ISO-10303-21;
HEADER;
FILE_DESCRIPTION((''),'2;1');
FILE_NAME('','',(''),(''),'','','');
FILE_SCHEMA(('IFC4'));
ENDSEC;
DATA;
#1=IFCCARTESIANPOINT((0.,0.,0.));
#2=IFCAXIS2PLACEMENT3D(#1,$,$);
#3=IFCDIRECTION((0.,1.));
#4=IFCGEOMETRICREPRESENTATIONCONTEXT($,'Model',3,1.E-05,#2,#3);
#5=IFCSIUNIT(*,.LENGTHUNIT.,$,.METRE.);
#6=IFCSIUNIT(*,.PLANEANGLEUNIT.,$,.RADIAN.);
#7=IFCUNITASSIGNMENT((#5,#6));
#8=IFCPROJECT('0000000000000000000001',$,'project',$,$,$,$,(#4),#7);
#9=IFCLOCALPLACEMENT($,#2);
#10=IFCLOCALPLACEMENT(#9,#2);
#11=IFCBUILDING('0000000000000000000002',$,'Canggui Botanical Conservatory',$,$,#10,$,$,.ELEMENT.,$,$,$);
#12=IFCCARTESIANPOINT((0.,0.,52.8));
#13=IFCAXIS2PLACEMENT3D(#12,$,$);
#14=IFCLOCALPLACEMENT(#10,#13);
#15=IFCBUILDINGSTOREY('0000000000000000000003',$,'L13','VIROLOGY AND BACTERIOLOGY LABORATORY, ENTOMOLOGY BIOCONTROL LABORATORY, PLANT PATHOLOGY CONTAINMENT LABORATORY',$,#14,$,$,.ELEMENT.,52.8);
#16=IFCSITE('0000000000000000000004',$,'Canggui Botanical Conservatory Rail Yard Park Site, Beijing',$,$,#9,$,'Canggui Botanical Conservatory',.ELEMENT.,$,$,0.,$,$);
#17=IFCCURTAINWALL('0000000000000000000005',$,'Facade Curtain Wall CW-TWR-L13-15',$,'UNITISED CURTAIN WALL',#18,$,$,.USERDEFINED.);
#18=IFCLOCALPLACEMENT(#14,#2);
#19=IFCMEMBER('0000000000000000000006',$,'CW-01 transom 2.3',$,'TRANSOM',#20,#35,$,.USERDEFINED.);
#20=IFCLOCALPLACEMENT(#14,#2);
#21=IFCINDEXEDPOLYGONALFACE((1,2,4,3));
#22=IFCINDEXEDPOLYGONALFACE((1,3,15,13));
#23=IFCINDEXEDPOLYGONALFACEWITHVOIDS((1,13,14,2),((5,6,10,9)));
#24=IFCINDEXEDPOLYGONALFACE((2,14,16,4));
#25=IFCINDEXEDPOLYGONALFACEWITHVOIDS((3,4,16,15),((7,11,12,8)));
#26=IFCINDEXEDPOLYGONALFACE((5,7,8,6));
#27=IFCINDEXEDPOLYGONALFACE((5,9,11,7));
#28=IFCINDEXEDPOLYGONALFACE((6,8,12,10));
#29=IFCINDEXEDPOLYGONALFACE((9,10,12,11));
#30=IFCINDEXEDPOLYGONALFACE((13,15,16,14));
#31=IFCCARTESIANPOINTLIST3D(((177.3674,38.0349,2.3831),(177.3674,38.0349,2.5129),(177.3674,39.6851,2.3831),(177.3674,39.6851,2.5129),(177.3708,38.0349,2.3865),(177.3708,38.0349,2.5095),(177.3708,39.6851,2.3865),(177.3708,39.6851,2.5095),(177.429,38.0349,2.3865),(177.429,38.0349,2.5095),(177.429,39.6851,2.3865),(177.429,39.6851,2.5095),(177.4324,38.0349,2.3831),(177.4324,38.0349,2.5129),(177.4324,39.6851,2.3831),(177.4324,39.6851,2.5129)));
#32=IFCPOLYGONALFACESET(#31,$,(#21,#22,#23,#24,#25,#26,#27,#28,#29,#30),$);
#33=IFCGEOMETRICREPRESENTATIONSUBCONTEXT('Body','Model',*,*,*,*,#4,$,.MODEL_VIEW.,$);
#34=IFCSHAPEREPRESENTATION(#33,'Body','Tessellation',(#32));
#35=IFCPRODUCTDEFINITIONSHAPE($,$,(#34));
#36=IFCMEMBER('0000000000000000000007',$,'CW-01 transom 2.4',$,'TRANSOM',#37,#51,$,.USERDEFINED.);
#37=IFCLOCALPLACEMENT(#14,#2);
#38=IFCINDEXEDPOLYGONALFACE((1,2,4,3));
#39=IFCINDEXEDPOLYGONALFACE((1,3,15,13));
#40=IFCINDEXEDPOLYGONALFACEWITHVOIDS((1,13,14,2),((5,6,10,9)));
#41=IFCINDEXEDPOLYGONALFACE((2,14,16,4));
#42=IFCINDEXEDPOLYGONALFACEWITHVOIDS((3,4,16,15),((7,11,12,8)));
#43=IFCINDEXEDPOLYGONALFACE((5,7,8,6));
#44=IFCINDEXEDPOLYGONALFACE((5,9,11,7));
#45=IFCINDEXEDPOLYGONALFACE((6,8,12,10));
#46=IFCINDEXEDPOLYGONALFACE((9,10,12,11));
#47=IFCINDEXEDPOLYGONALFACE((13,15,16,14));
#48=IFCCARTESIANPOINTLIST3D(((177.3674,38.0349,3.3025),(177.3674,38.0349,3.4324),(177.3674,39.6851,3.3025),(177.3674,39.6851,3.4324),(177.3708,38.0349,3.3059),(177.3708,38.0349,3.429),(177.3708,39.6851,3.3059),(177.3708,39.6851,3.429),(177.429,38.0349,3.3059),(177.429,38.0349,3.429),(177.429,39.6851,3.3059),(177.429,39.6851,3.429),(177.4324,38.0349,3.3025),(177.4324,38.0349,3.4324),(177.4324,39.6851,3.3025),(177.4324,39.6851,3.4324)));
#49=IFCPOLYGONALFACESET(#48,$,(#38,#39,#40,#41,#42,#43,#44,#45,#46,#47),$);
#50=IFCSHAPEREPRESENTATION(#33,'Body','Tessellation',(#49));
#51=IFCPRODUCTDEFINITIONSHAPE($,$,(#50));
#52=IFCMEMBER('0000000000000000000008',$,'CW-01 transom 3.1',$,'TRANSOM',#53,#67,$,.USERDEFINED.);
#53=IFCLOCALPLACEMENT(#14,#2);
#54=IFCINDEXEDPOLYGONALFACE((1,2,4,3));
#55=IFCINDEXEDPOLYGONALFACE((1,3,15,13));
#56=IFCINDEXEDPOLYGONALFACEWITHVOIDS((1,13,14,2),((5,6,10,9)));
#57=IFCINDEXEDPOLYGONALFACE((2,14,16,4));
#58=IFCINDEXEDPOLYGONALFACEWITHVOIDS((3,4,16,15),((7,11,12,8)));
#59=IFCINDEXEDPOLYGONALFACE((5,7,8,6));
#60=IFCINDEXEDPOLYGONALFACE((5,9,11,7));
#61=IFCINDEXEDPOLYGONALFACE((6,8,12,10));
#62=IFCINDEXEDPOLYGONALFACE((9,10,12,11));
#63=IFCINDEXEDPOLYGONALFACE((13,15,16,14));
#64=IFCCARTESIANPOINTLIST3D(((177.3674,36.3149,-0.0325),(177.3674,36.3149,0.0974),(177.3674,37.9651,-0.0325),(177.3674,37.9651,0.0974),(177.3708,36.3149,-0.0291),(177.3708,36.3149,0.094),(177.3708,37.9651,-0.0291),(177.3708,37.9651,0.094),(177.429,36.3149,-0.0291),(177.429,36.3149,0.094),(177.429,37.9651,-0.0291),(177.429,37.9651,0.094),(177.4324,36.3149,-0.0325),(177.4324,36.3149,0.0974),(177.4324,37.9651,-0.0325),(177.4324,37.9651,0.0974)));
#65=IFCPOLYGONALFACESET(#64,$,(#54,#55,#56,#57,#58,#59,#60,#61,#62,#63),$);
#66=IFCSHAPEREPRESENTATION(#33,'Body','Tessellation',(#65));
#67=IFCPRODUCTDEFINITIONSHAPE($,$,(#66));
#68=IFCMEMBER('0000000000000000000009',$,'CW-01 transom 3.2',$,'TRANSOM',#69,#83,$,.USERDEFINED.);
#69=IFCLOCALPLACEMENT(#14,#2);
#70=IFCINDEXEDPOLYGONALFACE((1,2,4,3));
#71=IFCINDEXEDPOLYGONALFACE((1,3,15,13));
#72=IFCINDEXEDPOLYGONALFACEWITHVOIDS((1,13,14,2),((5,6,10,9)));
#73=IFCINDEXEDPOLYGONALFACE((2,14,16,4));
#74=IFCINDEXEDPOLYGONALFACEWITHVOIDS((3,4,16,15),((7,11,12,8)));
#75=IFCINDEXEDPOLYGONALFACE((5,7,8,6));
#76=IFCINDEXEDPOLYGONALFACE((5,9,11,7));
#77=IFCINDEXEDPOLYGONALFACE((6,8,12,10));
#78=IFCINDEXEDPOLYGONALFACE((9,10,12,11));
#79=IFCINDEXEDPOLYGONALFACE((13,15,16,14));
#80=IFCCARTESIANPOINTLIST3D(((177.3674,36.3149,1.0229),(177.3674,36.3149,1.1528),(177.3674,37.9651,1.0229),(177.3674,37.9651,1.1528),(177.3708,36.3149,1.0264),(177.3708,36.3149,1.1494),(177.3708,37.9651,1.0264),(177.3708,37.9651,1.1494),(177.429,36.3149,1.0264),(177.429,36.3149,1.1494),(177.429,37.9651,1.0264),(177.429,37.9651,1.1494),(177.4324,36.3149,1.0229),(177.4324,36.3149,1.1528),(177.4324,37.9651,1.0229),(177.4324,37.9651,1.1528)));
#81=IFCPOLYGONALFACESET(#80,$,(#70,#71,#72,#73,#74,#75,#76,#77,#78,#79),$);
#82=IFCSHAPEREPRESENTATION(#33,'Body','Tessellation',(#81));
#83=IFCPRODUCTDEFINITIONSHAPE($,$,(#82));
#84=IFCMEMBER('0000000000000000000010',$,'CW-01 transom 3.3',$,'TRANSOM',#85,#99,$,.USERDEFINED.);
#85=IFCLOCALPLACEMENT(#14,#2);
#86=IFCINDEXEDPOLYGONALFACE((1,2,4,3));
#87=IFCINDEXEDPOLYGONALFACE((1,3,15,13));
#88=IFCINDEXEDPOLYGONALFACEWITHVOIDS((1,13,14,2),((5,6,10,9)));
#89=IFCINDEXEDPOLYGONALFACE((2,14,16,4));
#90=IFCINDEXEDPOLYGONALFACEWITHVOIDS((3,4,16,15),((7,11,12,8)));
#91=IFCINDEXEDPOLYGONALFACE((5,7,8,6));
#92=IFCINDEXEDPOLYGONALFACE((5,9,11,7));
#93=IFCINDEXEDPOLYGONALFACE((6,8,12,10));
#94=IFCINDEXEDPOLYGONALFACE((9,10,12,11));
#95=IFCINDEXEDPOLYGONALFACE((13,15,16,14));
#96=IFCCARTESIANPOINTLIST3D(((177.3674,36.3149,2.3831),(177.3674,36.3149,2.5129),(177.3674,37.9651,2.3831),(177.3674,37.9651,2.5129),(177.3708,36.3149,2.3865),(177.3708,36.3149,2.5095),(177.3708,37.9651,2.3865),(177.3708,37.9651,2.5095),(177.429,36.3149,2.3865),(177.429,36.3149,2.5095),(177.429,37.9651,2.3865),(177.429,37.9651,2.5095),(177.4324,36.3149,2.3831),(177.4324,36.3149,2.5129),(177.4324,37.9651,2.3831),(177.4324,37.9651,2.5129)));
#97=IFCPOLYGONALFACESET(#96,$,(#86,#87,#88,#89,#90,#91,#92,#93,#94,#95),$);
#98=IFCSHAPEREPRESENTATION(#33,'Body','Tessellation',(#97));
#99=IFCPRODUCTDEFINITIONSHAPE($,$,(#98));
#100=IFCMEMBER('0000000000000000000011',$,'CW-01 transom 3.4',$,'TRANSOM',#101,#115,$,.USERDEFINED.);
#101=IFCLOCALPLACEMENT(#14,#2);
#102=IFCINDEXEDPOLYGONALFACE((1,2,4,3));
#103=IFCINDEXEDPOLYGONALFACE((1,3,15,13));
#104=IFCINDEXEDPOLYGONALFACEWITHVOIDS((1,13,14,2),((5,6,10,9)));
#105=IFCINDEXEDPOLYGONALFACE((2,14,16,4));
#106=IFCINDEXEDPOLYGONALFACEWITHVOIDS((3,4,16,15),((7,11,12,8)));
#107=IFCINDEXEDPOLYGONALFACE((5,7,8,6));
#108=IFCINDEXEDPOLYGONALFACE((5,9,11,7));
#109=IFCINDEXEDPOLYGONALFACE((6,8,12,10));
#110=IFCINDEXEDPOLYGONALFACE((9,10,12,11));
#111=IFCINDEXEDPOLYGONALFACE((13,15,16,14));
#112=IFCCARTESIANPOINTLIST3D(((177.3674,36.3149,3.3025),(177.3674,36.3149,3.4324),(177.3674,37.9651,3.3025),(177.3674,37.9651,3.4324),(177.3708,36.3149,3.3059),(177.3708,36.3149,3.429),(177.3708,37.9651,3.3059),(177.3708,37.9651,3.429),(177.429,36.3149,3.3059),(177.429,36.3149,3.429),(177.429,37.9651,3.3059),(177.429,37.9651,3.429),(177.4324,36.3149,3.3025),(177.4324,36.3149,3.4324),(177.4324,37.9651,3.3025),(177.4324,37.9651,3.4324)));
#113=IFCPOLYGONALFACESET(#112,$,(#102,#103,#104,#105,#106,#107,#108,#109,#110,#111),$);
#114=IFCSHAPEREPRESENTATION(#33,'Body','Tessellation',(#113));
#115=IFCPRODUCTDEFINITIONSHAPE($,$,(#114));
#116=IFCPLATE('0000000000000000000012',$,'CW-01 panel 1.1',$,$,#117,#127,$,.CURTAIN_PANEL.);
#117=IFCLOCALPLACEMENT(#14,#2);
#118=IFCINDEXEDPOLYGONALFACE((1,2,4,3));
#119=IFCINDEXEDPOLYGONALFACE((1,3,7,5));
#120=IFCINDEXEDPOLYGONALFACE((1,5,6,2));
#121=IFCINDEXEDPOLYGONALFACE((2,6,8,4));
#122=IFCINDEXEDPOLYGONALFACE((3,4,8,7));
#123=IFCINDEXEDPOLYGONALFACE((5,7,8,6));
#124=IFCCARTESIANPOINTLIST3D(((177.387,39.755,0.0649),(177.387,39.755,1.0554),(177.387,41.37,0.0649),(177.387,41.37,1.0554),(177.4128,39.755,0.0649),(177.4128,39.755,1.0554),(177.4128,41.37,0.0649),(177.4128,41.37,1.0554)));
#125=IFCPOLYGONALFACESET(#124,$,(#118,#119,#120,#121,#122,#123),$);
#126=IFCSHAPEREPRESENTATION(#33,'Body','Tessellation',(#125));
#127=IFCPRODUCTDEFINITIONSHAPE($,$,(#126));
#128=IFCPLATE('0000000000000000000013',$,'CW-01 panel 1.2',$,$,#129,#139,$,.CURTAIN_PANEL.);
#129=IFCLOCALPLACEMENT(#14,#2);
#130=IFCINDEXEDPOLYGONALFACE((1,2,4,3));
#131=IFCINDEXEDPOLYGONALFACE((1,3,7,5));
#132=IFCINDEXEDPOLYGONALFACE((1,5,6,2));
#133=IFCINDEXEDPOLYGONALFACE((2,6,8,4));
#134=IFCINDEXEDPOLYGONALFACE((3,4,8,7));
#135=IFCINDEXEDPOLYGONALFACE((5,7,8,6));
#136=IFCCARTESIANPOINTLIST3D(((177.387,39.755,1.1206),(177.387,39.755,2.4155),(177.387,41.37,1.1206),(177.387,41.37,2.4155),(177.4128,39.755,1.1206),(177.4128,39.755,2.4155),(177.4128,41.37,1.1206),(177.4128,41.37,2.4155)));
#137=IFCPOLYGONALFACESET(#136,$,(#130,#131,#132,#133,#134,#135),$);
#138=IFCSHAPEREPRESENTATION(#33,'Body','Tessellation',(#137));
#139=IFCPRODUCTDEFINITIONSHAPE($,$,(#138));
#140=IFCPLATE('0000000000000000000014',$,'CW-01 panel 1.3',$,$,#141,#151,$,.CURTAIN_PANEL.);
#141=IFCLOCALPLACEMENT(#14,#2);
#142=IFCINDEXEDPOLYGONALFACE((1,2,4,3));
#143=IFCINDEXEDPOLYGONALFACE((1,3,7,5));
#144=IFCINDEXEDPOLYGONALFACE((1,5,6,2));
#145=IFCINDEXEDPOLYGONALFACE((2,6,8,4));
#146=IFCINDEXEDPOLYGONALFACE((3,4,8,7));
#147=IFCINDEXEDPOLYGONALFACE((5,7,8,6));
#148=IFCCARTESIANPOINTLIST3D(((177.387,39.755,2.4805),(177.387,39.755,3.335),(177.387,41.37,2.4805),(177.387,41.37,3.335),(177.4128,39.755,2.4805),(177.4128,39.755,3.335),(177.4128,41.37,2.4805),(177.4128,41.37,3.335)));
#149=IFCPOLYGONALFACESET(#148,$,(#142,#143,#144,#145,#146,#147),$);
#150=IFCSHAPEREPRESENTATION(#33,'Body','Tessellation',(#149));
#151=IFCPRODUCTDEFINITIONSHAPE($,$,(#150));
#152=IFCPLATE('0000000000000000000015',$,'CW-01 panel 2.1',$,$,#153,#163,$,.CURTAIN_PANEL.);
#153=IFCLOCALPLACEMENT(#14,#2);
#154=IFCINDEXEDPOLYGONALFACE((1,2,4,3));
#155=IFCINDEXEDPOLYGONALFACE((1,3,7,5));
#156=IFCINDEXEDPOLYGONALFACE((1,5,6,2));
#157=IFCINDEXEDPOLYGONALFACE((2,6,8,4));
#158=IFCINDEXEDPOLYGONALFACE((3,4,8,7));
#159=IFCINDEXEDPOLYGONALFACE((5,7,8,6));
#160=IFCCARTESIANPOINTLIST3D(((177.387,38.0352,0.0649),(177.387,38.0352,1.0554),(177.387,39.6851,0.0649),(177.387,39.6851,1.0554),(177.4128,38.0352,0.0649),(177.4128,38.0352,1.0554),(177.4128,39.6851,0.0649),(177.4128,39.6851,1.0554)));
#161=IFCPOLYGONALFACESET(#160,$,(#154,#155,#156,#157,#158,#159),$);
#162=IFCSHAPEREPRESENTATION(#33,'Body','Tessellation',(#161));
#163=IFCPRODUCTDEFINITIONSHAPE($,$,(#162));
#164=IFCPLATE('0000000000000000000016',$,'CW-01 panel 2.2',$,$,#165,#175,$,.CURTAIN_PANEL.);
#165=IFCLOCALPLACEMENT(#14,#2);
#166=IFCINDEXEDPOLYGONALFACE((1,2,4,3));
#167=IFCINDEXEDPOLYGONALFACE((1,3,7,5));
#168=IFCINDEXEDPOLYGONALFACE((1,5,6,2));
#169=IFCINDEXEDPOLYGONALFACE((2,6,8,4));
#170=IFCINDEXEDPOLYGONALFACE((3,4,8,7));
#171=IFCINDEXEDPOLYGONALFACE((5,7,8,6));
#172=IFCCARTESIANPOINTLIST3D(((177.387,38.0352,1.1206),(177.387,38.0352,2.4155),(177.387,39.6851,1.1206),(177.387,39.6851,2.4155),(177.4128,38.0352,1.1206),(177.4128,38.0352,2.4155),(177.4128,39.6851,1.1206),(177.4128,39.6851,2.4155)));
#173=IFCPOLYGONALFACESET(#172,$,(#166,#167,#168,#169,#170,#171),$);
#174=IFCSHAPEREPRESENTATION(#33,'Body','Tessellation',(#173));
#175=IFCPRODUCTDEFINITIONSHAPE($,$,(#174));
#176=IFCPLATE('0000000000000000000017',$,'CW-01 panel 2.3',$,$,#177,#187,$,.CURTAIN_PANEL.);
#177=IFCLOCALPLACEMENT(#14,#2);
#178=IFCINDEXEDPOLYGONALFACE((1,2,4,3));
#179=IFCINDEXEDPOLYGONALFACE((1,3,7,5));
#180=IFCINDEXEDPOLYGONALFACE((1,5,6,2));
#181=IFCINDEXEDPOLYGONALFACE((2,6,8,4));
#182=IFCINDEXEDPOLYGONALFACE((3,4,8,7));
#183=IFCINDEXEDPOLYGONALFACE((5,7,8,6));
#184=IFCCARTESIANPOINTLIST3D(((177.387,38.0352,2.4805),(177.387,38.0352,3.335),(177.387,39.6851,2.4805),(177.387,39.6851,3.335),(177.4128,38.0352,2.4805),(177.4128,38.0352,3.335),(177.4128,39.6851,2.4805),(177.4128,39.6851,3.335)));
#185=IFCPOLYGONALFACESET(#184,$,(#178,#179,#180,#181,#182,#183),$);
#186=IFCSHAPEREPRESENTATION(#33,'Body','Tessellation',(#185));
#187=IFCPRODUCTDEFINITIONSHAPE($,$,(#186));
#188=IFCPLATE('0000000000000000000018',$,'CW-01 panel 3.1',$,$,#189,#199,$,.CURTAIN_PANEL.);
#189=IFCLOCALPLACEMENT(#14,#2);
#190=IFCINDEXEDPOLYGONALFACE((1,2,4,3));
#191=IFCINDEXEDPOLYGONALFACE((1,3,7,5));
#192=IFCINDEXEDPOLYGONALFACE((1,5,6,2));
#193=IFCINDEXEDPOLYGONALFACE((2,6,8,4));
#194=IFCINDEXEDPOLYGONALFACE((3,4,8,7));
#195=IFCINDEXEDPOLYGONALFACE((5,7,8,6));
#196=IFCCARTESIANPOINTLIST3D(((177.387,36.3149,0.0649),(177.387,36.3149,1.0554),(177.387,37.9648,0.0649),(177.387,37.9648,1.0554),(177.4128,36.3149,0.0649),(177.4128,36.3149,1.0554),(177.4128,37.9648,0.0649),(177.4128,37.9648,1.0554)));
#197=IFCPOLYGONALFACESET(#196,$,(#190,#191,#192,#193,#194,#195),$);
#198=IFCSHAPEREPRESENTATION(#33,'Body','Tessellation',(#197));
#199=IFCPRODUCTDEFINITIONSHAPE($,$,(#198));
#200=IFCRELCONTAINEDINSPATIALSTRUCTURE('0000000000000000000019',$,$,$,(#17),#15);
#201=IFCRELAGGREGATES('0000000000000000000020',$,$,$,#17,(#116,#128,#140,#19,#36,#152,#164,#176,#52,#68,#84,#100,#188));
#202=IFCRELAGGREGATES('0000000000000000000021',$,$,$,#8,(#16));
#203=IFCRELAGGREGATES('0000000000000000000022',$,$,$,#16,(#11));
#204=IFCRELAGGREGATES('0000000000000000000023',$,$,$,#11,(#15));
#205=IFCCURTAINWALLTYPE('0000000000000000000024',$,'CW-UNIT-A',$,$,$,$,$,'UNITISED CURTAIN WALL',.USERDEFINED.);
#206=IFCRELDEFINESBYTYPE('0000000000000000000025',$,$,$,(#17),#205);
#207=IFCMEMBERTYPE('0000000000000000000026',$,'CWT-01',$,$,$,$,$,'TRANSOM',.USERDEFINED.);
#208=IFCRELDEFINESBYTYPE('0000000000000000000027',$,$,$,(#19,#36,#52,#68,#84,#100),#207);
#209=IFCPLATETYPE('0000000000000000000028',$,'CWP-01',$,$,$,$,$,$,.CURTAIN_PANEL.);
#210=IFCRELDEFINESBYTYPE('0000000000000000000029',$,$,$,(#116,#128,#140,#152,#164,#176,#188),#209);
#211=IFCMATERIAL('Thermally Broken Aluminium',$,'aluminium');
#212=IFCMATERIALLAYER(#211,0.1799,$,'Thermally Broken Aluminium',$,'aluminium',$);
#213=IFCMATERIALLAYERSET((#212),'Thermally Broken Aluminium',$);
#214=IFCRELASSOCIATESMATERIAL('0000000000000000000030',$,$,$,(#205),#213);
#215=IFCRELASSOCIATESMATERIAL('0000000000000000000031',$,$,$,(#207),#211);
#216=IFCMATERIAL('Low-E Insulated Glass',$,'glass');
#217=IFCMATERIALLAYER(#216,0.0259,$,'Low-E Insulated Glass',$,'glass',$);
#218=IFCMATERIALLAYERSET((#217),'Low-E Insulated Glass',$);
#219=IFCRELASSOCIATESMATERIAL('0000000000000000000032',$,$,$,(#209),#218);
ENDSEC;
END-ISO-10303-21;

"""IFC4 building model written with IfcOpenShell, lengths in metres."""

from ifc_helpers import new_model, si_unit, direction, frame, origin, origin_2d, place, context, subcontext, project, spatial, rectangle, hollow_rectangle, extrude, material, layer, layer_set, material_profile, profile_set, type_object, element, aggregate, save


model = new_model("IFC4")

# Units and contexts
model_context = context("Model", 3, precision=1e-05, world=origin(), true_north=direction((0.0, 1.0)))
body_context = subcontext(model_context, "Body", "Model", "MODEL_VIEW")
ifc_project = project(units=[si_unit("LENGTHUNIT", "METRE"), si_unit("PLANEANGLEUNIT", "RADIAN")], contexts=[model_context])

# Site, building, storey
site_placement = place(None, origin())
site = spatial("IfcSite", under=ifc_project, at=site_placement, Name="Canggui Botanical Conservatory Rail Yard Park Site, Beijing", LongName="Canggui Botanical Conservatory", CompositionType="ELEMENT", RefElevation=0.0)
building_placement = place(site_placement, origin())
building = spatial("IfcBuilding", under=site, at=building_placement, Name="Canggui Botanical Conservatory", CompositionType="ELEMENT")
storey_placement = place(building_placement, frame((0.0, 0.0, 52.8)))
storey = spatial("IfcBuildingStorey", under=building, at=storey_placement, Name="L13", Description="VIROLOGY AND BACTERIOLOGY LABORATORY, ENTOMOLOGY BIOCONTROL LABORATORY, PLANT PATHOLOGY CONTAINMENT LABORATORY", CompositionType="ELEMENT", Elevation=52.8)

# Curtain wall, members, plates
ifc_material_1 = material(Name="Thermally Broken Aluminium", Category="aluminium")
ifc_layer_1 = layer(ifc_material_1, 0.1799, Name="Thermally Broken Aluminium", Category="aluminium")
ifc_layer_set_1 = layer_set([ifc_layer_1], Name="Thermally Broken Aluminium")
curtain_wall_type = type_object("IfcCurtainWallType", Name="CW-UNIT-A", ElementType="UNITISED CURTAIN WALL", PredefinedType="USERDEFINED", material=ifc_layer_set_1)
curtain_wall_placement = place(storey_placement, origin())
curtain_wall = element("IfcCurtainWall", 1, at=curtain_wall_placement, inside=storey, type_object=curtain_wall_type, Name="Facade Curtain Wall CW-TWR-L13-15", ObjectType="UNITISED CURTAIN WALL", PredefinedType="USERDEFINED")
ifc_material_profile_1 = material_profile(ifc_material_1, hollow_rectangle(XDim=0.0649, YDim=0.1299, WallThickness=0.0034, at=origin_2d()), Name="CWT 65x130x3.5")
ifc_profile_set_1 = profile_set([ifc_material_profile_1], Name="Thermally Broken Aluminium")
member_type_1 = type_object("IfcMemberType", Name="CWT-01", ElementType="TRANSOM", PredefinedType="USERDEFINED", material=ifc_profile_set_1)
member_1_placement = place(storey_placement, frame((177.3999, 39.6851, 2.448), z_axis=(0.0, -1.0, 0.0), x_axis=(1.0, 0.0, 0.0)))
member_1 = element("IfcMember", 2, at=member_1_placement, type_object=member_type_1, Name="CW-01 transom 2.3", ObjectType="TRANSOM", PredefinedType="USERDEFINED", context=body_context, shape_type="SweptSolid", body=[
    extrude(hollow_rectangle(XDim=0.0649, YDim=0.1299, WallThickness=0.0034, at=origin_2d()), origin(), (0.0, 0.0, 1.0), 1.6501),
])
member_2_placement = place(storey_placement, frame((177.3999, 39.6851, 3.3674), z_axis=(0.0, -1.0, 0.0), x_axis=(1.0, 0.0, 0.0)))
member_2 = element("IfcMember", 3, at=member_2_placement, type_object=member_type_1, Name="CW-01 transom 2.4", ObjectType="TRANSOM", PredefinedType="USERDEFINED", context=body_context, shape_type="SweptSolid", body=[
    extrude(hollow_rectangle(XDim=0.0649, YDim=0.1299, WallThickness=0.0034, at=origin_2d()), origin(), (0.0, 0.0, 1.0), 1.6501),
])
member_3_placement = place(storey_placement, frame((177.3999, 37.9651, 0.0325), z_axis=(0.0, -1.0, 0.0), x_axis=(1.0, 0.0, 0.0)))
member_3 = element("IfcMember", 4, at=member_3_placement, type_object=member_type_1, Name="CW-01 transom 3.1", ObjectType="TRANSOM", PredefinedType="USERDEFINED", context=body_context, shape_type="SweptSolid", body=[
    extrude(hollow_rectangle(XDim=0.0649, YDim=0.1299, WallThickness=0.0034, at=origin_2d()), origin(), (0.0, 0.0, 1.0), 1.6501),
])
member_4_placement = place(storey_placement, frame((177.3999, 37.9651, 1.0879), z_axis=(0.0, -1.0, 0.0), x_axis=(1.0, 0.0, 0.0)))
member_4 = element("IfcMember", 5, at=member_4_placement, type_object=member_type_1, Name="CW-01 transom 3.2", ObjectType="TRANSOM", PredefinedType="USERDEFINED", context=body_context, shape_type="SweptSolid", body=[
    extrude(hollow_rectangle(XDim=0.0649, YDim=0.1299, WallThickness=0.0034, at=origin_2d()), origin(), (0.0, 0.0, 1.0), 1.6501),
])
member_5_placement = place(storey_placement, frame((177.3999, 37.9651, 2.448), z_axis=(0.0, -1.0, 0.0), x_axis=(1.0, 0.0, 0.0)))
member_5 = element("IfcMember", 6, at=member_5_placement, type_object=member_type_1, Name="CW-01 transom 3.3", ObjectType="TRANSOM", PredefinedType="USERDEFINED", context=body_context, shape_type="SweptSolid", body=[
    extrude(hollow_rectangle(XDim=0.0649, YDim=0.1299, WallThickness=0.0034, at=origin_2d()), origin(), (0.0, 0.0, 1.0), 1.6501),
])
member_6_placement = place(storey_placement, frame((177.3999, 37.9651, 3.3674), z_axis=(0.0, -1.0, 0.0), x_axis=(1.0, 0.0, 0.0)))
member_6 = element("IfcMember", 7, at=member_6_placement, type_object=member_type_1, Name="CW-01 transom 3.4", ObjectType="TRANSOM", PredefinedType="USERDEFINED", context=body_context, shape_type="SweptSolid", body=[
    extrude(hollow_rectangle(XDim=0.0649, YDim=0.1299, WallThickness=0.0034, at=origin_2d()), origin(), (0.0, 0.0, 1.0), 1.6501),
])
ifc_material_2 = material(Name="Low-E Insulated Glass", Category="glass")
ifc_layer_2 = layer(ifc_material_2, 0.0259, Name="Low-E Insulated Glass", Category="glass")
ifc_layer_set_2 = layer_set([ifc_layer_2], Name="Low-E Insulated Glass")
plate_type = type_object("IfcPlateType", Name="CWP-01", PredefinedType="CURTAIN_PANEL", material=ifc_layer_set_2)
plate_1_placement = place(storey_placement, frame((177.3999, 40.5625, 0.0649), z_axis=(0.0, 0.0, 1.0), x_axis=(0.0, -1.0, 0.0)))
plate_1 = element("IfcPlate", 8, at=plate_1_placement, type_object=plate_type, Name="CW-01 panel 1.1", PredefinedType="CURTAIN_PANEL", context=body_context, shape_type="SweptSolid", body=[
    extrude(rectangle(XDim=1.615, YDim=0.0259, at=origin_2d()), origin(), (0.0, 0.0, 1.0), 0.9905),
])
plate_2_placement = place(storey_placement, frame((177.3999, 40.5625, 1.1206), z_axis=(0.0, 0.0, 1.0), x_axis=(0.0, -1.0, 0.0)))
plate_2 = element("IfcPlate", 9, at=plate_2_placement, type_object=plate_type, Name="CW-01 panel 1.2", PredefinedType="CURTAIN_PANEL", context=body_context, shape_type="SweptSolid", body=[
    extrude(rectangle(XDim=1.615, YDim=0.0259, at=origin_2d()), origin(), (0.0, 0.0, 1.0), 1.2949),
])
plate_3_placement = place(storey_placement, frame((177.3999, 40.5625, 2.4805), z_axis=(0.0, 0.0, 1.0), x_axis=(0.0, -1.0, 0.0)))
plate_3 = element("IfcPlate", 10, at=plate_3_placement, type_object=plate_type, Name="CW-01 panel 1.3", PredefinedType="CURTAIN_PANEL", context=body_context, shape_type="SweptSolid", body=[
    extrude(rectangle(XDim=1.615, YDim=0.0259, at=origin_2d()), origin(), (0.0, 0.0, 1.0), 0.8545),
])
plate_4_placement = place(storey_placement, frame((177.3999, 38.8601, 0.0649), z_axis=(0.0, 0.0, 1.0), x_axis=(0.0, -1.0, 0.0)))
plate_4 = element("IfcPlate", 11, at=plate_4_placement, type_object=plate_type, Name="CW-01 panel 2.1", PredefinedType="CURTAIN_PANEL", context=body_context, shape_type="SweptSolid", body=[
    extrude(rectangle(XDim=1.6499, YDim=0.0259, at=origin_2d()), origin(), (0.0, 0.0, 1.0), 0.9905),
])
plate_5_placement = place(storey_placement, frame((177.3999, 38.8601, 1.1206), z_axis=(0.0, 0.0, 1.0), x_axis=(0.0, -1.0, 0.0)))
plate_5 = element("IfcPlate", 12, at=plate_5_placement, type_object=plate_type, Name="CW-01 panel 2.2", PredefinedType="CURTAIN_PANEL", context=body_context, shape_type="SweptSolid", body=[
    extrude(rectangle(XDim=1.6499, YDim=0.0259, at=origin_2d()), origin(), (0.0, 0.0, 1.0), 1.2949),
])
plate_6_placement = place(storey_placement, frame((177.3999, 38.8601, 2.4805), z_axis=(0.0, 0.0, 1.0), x_axis=(0.0, -1.0, 0.0)))
plate_6 = element("IfcPlate", 13, at=plate_6_placement, type_object=plate_type, Name="CW-01 panel 2.3", PredefinedType="CURTAIN_PANEL", context=body_context, shape_type="SweptSolid", body=[
    extrude(rectangle(XDim=1.6499, YDim=0.0259, at=origin_2d()), origin(), (0.0, 0.0, 1.0), 0.8545),
])
plate_7_placement = place(storey_placement, frame((177.3999, 37.1399, 0.0649), z_axis=(0.0, 0.0, 1.0), x_axis=(0.0, -1.0, 0.0)))
plate_7 = element("IfcPlate", 14, at=plate_7_placement, type_object=plate_type, Name="CW-01 panel 3.1", PredefinedType="CURTAIN_PANEL", context=body_context, shape_type="SweptSolid", body=[
    extrude(rectangle(XDim=1.6499, YDim=0.0259, at=origin_2d()), origin(), (0.0, 0.0, 1.0), 0.9905),
])
aggregate(curtain_wall, [plate_1, plate_2, plate_3, member_1, member_2, plate_4, plate_5, plate_6, member_3, member_4, member_5, member_6, plate_7])

save(model, "model.ifc")
